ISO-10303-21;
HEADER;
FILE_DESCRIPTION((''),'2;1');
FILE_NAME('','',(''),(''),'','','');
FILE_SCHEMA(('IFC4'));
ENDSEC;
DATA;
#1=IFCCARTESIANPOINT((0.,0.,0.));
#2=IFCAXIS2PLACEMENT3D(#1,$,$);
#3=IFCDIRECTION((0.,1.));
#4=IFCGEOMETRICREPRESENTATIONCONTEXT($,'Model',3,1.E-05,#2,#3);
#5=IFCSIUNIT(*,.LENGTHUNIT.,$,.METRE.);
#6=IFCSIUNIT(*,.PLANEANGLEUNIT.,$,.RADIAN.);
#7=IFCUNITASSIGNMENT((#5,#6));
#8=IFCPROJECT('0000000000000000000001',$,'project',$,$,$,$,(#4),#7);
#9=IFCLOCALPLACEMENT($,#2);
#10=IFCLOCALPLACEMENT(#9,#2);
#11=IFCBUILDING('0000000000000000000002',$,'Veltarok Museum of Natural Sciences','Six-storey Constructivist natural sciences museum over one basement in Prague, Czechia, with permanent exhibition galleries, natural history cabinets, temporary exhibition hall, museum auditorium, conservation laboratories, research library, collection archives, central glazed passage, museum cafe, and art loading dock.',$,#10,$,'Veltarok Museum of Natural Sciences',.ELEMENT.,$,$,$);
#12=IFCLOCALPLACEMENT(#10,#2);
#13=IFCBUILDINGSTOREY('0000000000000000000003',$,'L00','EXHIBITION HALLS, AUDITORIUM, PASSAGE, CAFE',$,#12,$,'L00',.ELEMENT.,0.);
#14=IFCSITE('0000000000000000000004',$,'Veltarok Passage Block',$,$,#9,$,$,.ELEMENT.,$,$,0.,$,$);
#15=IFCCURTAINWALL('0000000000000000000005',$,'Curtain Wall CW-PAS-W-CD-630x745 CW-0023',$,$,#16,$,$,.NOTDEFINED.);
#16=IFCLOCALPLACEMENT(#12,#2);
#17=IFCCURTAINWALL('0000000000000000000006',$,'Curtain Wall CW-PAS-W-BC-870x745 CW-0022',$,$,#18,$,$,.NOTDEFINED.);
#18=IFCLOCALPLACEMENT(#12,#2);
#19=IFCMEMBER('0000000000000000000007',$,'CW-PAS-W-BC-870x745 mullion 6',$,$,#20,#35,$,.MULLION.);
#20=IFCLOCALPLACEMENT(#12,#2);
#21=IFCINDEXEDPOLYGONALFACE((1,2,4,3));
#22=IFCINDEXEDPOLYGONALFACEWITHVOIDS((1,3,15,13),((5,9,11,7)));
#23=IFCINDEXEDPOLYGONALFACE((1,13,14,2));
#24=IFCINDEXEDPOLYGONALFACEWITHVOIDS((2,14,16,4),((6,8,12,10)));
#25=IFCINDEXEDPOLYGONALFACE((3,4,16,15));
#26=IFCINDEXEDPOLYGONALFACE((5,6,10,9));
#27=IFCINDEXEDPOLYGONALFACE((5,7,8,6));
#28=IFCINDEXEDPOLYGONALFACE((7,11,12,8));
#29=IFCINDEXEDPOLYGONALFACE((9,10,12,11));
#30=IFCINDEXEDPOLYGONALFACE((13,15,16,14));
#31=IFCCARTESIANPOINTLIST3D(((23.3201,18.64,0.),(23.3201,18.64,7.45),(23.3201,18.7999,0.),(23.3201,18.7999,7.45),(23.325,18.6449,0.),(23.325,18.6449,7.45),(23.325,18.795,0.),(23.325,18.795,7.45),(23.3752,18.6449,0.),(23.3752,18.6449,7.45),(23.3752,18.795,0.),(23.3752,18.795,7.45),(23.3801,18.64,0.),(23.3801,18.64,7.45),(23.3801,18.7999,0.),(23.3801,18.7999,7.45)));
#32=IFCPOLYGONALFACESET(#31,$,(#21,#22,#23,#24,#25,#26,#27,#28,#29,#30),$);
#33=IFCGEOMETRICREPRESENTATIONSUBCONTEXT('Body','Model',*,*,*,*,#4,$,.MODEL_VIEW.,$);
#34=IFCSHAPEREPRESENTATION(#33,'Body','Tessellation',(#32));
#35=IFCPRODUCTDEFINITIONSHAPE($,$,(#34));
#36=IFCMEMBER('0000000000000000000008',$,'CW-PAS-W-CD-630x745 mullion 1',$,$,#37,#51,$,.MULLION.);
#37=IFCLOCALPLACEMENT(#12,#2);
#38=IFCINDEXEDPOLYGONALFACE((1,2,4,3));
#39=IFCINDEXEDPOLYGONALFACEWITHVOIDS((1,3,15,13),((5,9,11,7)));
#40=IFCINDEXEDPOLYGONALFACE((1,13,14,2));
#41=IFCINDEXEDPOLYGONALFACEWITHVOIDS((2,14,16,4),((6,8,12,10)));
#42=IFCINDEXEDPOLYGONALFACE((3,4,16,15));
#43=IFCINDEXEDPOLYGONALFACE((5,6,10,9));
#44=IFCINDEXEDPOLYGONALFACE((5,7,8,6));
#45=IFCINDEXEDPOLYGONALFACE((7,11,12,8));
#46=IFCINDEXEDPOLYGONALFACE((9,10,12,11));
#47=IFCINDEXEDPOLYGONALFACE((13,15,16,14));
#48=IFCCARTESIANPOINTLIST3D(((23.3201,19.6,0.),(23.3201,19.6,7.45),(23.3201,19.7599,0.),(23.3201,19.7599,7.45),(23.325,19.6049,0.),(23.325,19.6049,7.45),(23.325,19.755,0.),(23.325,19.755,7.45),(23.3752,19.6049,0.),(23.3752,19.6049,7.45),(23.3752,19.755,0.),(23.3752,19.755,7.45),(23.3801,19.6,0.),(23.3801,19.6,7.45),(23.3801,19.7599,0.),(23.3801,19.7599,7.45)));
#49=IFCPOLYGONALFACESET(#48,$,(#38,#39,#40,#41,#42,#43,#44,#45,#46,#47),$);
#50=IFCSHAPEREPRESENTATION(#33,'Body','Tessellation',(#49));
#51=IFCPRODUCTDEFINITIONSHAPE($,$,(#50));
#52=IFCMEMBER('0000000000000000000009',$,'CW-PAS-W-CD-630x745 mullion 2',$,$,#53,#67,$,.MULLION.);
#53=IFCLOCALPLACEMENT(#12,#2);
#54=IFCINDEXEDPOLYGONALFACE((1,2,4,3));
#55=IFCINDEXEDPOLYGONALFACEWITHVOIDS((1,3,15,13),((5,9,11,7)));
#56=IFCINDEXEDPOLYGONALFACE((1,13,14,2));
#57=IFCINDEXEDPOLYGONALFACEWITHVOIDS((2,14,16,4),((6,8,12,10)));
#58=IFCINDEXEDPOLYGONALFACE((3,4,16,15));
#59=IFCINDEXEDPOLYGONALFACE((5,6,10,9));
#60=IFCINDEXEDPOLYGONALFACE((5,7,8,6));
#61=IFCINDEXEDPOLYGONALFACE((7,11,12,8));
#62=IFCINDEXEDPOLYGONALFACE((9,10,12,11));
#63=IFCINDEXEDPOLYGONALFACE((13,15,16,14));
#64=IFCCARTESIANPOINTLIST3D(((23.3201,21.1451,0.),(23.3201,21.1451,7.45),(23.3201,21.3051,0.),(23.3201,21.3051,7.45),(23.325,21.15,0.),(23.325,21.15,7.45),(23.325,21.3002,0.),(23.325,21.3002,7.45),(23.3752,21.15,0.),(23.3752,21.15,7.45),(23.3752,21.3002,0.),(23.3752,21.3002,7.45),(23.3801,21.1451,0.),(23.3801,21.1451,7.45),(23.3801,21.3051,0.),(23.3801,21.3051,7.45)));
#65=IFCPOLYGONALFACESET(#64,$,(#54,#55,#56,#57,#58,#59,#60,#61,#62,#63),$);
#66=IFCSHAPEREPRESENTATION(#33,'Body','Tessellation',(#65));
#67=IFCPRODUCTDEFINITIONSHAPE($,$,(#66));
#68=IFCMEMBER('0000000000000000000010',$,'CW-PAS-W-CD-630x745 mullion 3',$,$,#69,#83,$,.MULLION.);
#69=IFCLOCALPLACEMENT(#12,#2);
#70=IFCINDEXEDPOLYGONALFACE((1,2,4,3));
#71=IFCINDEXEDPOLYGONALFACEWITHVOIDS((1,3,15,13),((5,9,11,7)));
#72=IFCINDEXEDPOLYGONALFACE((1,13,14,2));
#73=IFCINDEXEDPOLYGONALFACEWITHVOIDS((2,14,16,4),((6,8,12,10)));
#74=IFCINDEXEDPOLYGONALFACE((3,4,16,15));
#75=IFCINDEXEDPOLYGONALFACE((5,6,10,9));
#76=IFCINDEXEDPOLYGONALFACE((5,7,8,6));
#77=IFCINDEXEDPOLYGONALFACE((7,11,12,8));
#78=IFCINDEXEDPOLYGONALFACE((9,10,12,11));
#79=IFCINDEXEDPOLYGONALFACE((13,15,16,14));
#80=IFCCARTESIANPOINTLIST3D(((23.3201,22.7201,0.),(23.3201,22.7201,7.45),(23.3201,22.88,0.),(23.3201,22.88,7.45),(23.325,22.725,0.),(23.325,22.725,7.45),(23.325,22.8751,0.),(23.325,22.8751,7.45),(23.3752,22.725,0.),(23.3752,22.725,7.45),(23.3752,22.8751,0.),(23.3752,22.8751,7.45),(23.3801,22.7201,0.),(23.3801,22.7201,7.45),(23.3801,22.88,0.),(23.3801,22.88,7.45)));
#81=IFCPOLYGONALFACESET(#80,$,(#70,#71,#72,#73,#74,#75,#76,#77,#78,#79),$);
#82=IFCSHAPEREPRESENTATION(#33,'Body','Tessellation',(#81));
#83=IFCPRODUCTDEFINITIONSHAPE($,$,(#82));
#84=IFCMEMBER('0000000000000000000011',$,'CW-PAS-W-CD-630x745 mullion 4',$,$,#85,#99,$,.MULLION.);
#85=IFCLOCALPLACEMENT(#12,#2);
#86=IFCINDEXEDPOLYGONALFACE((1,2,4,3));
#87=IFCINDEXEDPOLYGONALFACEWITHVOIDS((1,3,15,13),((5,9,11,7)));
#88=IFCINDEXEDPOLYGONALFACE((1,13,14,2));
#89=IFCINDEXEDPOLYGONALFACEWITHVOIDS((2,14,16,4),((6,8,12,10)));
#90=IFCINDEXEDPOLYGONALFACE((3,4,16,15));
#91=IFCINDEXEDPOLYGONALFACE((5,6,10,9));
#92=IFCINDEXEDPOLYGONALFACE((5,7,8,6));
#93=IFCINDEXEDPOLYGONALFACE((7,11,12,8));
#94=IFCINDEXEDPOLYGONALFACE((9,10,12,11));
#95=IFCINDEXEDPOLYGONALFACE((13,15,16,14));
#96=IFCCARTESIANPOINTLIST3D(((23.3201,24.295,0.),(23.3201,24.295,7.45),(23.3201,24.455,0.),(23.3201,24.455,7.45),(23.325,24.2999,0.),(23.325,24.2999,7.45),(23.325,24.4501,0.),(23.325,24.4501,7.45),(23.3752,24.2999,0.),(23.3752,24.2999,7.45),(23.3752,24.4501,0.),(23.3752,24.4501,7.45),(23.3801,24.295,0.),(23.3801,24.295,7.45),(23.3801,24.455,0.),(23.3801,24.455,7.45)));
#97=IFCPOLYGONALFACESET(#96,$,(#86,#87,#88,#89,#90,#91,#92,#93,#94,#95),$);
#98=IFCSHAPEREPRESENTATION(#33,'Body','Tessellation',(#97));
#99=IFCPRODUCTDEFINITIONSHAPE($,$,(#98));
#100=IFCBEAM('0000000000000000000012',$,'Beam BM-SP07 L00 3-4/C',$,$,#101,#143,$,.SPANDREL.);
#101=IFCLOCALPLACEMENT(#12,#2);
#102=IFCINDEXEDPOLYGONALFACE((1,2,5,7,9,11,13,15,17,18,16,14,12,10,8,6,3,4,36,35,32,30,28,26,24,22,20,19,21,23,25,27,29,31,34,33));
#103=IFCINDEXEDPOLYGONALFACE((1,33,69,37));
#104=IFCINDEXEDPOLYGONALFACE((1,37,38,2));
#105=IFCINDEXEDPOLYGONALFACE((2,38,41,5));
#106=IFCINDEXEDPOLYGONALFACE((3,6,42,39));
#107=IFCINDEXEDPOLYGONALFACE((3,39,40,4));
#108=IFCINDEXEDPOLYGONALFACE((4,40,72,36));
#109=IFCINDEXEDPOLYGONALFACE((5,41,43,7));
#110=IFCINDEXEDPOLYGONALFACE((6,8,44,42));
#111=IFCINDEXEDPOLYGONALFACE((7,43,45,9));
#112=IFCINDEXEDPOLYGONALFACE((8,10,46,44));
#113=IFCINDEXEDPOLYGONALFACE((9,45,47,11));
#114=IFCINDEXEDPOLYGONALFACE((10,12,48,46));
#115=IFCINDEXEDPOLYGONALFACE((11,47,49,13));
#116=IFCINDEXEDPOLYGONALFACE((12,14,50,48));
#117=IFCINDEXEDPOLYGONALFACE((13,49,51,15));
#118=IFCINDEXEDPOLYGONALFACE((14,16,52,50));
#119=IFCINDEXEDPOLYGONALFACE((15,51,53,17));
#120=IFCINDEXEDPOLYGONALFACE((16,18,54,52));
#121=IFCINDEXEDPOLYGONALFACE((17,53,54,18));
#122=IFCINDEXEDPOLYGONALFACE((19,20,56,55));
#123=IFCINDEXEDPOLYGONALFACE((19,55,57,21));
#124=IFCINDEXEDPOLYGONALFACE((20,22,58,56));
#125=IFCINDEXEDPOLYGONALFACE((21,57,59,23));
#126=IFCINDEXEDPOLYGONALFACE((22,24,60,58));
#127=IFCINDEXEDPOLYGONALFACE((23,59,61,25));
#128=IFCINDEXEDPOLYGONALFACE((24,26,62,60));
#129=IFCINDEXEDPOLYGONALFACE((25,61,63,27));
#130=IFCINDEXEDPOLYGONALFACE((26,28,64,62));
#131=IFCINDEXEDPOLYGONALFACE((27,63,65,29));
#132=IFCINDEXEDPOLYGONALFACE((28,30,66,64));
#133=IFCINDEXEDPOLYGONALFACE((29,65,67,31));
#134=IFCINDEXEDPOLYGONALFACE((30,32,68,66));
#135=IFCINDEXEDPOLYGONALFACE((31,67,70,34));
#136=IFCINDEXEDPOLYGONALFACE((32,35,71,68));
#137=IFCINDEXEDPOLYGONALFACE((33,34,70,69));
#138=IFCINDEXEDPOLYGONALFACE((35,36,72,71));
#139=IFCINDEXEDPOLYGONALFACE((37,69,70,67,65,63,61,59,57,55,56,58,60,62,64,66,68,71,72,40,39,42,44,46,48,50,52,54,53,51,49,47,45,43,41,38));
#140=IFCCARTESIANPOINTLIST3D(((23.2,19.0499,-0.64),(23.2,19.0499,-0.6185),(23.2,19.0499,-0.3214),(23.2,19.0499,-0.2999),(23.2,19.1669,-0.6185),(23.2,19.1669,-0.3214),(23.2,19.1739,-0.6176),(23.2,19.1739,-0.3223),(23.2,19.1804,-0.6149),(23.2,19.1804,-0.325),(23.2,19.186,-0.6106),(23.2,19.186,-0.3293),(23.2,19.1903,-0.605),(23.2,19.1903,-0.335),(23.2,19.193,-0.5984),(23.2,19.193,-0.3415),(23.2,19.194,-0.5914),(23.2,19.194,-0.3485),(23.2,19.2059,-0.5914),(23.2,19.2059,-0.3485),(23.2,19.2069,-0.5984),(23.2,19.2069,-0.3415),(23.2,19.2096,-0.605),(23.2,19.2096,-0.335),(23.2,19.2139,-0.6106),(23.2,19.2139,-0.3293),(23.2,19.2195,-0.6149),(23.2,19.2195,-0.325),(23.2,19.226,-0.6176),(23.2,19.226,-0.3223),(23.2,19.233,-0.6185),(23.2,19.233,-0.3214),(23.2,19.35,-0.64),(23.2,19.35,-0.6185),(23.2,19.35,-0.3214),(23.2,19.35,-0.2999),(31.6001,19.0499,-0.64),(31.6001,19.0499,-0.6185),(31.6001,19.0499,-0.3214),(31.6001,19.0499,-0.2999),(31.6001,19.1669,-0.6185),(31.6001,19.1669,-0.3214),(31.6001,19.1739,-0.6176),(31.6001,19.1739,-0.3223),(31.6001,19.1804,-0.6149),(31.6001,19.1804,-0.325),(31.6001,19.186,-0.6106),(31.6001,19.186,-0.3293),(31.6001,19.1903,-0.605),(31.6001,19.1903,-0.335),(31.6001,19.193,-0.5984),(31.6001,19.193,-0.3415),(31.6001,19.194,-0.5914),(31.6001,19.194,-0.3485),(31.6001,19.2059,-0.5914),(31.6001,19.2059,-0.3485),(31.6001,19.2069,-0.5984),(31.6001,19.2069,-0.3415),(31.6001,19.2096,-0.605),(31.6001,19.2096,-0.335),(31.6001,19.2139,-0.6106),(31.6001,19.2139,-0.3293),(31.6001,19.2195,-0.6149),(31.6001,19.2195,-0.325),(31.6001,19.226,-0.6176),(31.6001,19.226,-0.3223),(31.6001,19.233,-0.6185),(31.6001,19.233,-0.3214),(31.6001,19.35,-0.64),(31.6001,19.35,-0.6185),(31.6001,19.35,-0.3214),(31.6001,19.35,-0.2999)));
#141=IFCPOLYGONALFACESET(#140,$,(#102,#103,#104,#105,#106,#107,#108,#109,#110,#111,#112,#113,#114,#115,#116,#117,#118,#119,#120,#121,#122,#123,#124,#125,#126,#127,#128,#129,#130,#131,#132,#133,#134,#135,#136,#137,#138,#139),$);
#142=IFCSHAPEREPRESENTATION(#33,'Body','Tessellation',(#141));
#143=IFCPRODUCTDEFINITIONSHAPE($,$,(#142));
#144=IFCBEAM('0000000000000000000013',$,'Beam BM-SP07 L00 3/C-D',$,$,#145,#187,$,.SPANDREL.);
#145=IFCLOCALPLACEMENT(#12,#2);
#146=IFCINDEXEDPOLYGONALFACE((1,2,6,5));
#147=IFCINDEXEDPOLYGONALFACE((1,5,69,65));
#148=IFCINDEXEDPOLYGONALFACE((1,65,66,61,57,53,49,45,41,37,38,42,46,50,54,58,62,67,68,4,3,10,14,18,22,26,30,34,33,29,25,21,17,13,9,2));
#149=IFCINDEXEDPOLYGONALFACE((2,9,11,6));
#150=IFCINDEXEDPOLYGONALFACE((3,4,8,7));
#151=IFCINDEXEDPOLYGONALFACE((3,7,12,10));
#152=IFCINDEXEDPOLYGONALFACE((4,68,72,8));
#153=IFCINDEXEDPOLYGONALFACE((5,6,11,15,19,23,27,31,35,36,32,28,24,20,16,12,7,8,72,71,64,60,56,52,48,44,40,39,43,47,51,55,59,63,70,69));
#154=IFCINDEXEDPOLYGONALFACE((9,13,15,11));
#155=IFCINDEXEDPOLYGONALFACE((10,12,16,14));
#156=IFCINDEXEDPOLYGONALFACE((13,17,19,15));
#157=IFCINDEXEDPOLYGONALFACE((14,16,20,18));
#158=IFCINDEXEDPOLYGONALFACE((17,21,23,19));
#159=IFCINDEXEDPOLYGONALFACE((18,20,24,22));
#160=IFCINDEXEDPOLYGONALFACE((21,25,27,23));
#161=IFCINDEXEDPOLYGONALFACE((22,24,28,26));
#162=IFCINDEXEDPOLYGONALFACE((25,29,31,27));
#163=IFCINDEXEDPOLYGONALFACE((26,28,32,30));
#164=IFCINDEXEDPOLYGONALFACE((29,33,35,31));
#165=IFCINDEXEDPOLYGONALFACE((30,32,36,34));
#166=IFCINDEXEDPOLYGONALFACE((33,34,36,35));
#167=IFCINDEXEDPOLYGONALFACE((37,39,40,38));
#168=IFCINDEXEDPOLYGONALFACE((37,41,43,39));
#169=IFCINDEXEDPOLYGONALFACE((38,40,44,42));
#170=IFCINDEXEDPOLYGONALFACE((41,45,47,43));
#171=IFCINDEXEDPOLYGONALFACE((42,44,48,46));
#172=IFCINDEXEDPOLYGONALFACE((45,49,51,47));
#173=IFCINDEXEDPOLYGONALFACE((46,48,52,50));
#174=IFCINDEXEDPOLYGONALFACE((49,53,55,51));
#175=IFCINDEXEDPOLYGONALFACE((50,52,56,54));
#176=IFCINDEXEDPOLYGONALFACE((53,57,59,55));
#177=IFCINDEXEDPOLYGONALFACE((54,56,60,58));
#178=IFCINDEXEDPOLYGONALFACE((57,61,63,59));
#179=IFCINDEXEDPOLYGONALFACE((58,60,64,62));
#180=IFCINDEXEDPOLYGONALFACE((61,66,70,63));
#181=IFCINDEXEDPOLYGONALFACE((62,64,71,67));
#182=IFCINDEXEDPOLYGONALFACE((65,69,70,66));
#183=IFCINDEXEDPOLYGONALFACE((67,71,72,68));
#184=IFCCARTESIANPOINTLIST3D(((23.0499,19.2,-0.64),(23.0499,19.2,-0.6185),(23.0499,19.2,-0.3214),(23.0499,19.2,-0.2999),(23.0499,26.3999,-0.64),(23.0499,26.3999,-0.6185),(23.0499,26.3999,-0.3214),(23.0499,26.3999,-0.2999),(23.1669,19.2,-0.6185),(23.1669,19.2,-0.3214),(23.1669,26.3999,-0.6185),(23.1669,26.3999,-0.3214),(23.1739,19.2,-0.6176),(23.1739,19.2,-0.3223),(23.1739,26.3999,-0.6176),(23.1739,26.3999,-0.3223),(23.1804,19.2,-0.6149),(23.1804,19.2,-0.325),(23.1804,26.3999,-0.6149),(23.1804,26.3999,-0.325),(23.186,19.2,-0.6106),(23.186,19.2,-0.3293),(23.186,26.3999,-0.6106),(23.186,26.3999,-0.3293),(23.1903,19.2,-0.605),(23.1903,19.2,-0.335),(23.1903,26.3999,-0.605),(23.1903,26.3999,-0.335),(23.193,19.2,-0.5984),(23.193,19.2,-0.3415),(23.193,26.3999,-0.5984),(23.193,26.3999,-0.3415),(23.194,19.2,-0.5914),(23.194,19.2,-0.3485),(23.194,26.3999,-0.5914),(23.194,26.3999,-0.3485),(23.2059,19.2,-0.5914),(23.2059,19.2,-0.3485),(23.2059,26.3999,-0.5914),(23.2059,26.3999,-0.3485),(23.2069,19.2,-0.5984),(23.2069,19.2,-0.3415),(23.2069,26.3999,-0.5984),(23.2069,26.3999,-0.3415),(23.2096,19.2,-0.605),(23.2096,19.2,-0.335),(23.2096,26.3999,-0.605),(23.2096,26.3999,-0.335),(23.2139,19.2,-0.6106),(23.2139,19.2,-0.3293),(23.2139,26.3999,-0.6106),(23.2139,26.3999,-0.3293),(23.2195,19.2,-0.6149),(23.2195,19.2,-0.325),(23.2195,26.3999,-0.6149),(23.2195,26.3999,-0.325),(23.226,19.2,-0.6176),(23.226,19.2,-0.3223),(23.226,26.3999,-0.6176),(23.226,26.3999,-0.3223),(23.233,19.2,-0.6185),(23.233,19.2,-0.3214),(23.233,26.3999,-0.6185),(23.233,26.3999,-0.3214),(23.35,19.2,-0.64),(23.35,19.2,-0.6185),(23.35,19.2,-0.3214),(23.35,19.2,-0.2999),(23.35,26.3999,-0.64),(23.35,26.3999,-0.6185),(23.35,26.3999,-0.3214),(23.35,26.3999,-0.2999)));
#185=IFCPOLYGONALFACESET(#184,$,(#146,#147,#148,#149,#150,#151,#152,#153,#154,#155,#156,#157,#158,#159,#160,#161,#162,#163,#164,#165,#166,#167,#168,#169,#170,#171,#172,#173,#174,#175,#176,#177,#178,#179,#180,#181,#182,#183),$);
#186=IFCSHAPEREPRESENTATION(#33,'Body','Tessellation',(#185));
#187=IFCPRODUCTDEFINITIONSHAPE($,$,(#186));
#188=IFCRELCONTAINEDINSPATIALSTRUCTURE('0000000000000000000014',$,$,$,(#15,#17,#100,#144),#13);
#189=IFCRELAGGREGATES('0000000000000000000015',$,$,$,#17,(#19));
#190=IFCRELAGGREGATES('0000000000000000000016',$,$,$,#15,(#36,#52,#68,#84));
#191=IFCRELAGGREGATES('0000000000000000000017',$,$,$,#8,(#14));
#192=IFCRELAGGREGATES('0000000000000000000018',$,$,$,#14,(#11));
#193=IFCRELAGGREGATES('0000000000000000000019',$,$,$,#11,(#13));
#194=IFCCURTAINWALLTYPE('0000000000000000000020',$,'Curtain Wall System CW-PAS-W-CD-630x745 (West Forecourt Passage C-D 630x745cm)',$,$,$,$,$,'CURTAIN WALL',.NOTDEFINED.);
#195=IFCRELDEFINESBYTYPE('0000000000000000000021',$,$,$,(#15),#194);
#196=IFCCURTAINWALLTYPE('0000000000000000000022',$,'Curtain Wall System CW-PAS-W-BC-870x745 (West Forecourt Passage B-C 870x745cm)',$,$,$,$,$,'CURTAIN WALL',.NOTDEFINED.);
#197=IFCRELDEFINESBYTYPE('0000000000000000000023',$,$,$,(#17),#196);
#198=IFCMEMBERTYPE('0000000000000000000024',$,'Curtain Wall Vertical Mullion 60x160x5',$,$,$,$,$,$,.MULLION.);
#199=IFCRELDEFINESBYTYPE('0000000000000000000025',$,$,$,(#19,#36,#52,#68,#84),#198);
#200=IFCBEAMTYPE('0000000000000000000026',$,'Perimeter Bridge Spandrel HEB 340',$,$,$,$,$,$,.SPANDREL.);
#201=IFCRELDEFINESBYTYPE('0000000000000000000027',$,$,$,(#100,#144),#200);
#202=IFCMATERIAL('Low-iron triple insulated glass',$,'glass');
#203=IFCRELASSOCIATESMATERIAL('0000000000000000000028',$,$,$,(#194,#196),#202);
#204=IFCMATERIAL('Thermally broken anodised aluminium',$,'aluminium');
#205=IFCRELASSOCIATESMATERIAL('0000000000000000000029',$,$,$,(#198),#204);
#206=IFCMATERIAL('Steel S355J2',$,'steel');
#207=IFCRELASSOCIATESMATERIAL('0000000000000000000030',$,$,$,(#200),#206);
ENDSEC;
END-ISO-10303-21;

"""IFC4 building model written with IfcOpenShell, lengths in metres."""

from ifc_helpers import new_model, si_unit, direction, frame, origin, origin_2d, place, context, subcontext, project, spatial, hollow_rectangle, i_section, extrude, material, material_profile, profile_set, type_object, element, aggregate, save


model = new_model("IFC4")

# Units and contexts
model_context = context("Model", 3, precision=1e-05, world=origin(), true_north=direction((0.0, 1.0)))
body_context = subcontext(model_context, "Body", "Model", "MODEL_VIEW")
ifc_project = project(units=[si_unit("LENGTHUNIT", "METRE"), si_unit("PLANEANGLEUNIT", "RADIAN")], contexts=[model_context])

# Site, building, storey
site_placement = place(None, origin())
site = spatial("IfcSite", under=ifc_project, at=site_placement, Name="Veltarok Passage Block", CompositionType="ELEMENT", RefElevation=0.0)
building_placement = place(site_placement, origin())
building = spatial("IfcBuilding", under=site, at=building_placement, Name="Veltarok Museum of Natural Sciences", Description="Six-storey Constructivist natural sciences museum over one basement in Prague, Czechia, with permanent exhibition galleries, natural history cabinets, temporary exhibition hall, museum auditorium, conservation laboratories, research library, collection archives, central glazed passage, museum cafe, and art loading dock.", LongName="Veltarok Museum of Natural Sciences", CompositionType="ELEMENT")
storey_placement = place(building_placement, origin())
storey = spatial("IfcBuildingStorey", under=building, at=storey_placement, Name="L00", Description="EXHIBITION HALLS, AUDITORIUM, PASSAGE, CAFE", LongName="L00", CompositionType="ELEMENT", Elevation=0.0)

# Shared definitions
ifc_material_1 = material(Name="Steel S355J2", Category="steel")

# Curtain wall
ifc_material_2 = material(Name="Low-iron triple insulated glass", Category="glass")
curtain_wall_type_1 = type_object("IfcCurtainWallType", Name="Curtain Wall System CW-PAS-W-CD-630x745 (West Forecourt Passage C-D 630x745cm)", ElementType="CURTAIN WALL", PredefinedType="NOTDEFINED", material=ifc_material_2)
curtain_wall_1_placement = place(storey_placement, origin())
curtain_wall_1 = element("IfcCurtainWall", 1, at=curtain_wall_1_placement, inside=storey, type_object=curtain_wall_type_1, Name="Curtain Wall CW-PAS-W-CD-630x745 CW-0023", PredefinedType="NOTDEFINED")
ifc_material_3 = material(Name="Thermally broken anodised aluminium", Category="aluminium")

# Curtain wall, member
curtain_wall_type_2 = type_object("IfcCurtainWallType", Name="Curtain Wall System CW-PAS-W-BC-870x745 (West Forecourt Passage B-C 870x745cm)", ElementType="CURTAIN WALL", PredefinedType="NOTDEFINED", material=ifc_material_2)
curtain_wall_2_placement = place(storey_placement, origin())
curtain_wall_2 = element("IfcCurtainWall", 2, at=curtain_wall_2_placement, inside=storey, type_object=curtain_wall_type_2, Name="Curtain Wall CW-PAS-W-BC-870x745 CW-0022", PredefinedType="NOTDEFINED")
ifc_material_profile_1 = material_profile(ifc_material_3, hollow_rectangle(XDim=0.0601, YDim=0.1599, WallThickness=0.0049, at=origin_2d()), Name="CW MULLION 60x160x5")
ifc_profile_set_1 = profile_set([ifc_material_profile_1], Name="Thermally broken anodised aluminium")
member_type_1 = type_object("IfcMemberType", Name="Curtain Wall Vertical Mullion 60x160x5", PredefinedType="MULLION", material=ifc_profile_set_1)
member_1_placement = place(storey_placement, frame((23.3501, 18.72, 0.0), z_axis=(0.0, 0.0, 1.0), x_axis=(-1.0, 0.0, 0.0)))
member_1 = element("IfcMember", 3, at=member_1_placement, type_object=member_type_1, Name="CW-PAS-W-BC-870x745 mullion 6", PredefinedType="MULLION", context=body_context, shape_type="SweptSolid", body=[
    extrude(hollow_rectangle(XDim=0.0601, YDim=0.1599, WallThickness=0.0049, at=origin_2d()), origin(), (0.0, 0.0, 1.0), 7.45),
])

# Members
member_2_placement = place(storey_placement, frame((23.3501, 19.6799, 0.0), z_axis=(0.0, 0.0, 1.0), x_axis=(-1.0, 0.0, 0.0)))
member_2 = element("IfcMember", 4, at=member_2_placement, type_object=member_type_1, Name="CW-PAS-W-CD-630x745 mullion 1", PredefinedType="MULLION", context=body_context, shape_type="SweptSolid", body=[
    extrude(hollow_rectangle(XDim=0.0601, YDim=0.1599, WallThickness=0.0049, at=origin_2d()), origin(), (0.0, 0.0, 1.0), 7.45),
])
member_3_placement = place(storey_placement, frame((23.3501, 21.2251, 0.0), z_axis=(0.0, 0.0, 1.0), x_axis=(-1.0, 0.0, 0.0)))
member_3 = element("IfcMember", 5, at=member_3_placement, type_object=member_type_1, Name="CW-PAS-W-CD-630x745 mullion 2", PredefinedType="MULLION", context=body_context, shape_type="SweptSolid", body=[
    extrude(hollow_rectangle(XDim=0.0601, YDim=0.1599, WallThickness=0.0049, at=origin_2d()), origin(), (0.0, 0.0, 1.0), 7.45),
])
member_4_placement = place(storey_placement, frame((23.3501, 22.8, 0.0), z_axis=(0.0, 0.0, 1.0), x_axis=(-1.0, 0.0, 0.0)))
member_4 = element("IfcMember", 6, at=member_4_placement, type_object=member_type_1, Name="CW-PAS-W-CD-630x745 mullion 3", PredefinedType="MULLION", context=body_context, shape_type="SweptSolid", body=[
    extrude(hollow_rectangle(XDim=0.0601, YDim=0.1599, WallThickness=0.0049, at=origin_2d()), origin(), (0.0, 0.0, 1.0), 7.45),
])
member_5_placement = place(storey_placement, frame((23.3501, 24.375, 0.0), z_axis=(0.0, 0.0, 1.0), x_axis=(-1.0, 0.0, 0.0)))
member_5 = element("IfcMember", 7, at=member_5_placement, type_object=member_type_1, Name="CW-PAS-W-CD-630x745 mullion 4", PredefinedType="MULLION", context=body_context, shape_type="SweptSolid", body=[
    extrude(hollow_rectangle(XDim=0.0601, YDim=0.1599, WallThickness=0.0049, at=origin_2d()), origin(), (0.0, 0.0, 1.0), 7.45),
])

# Beams
ifc_material_profile_2 = material_profile(ifc_material_1, i_section(OverallWidth=0.3, OverallDepth=0.3401, WebThickness=0.012, FlangeThickness=0.0215, FilletRadius=0.0271, at=origin_2d()), Name="HEB 340")
ifc_profile_set_2 = profile_set([ifc_material_profile_2], Name="Steel S355J2")
beam_type = type_object("IfcBeamType", Name="Perimeter Bridge Spandrel HEB 340", PredefinedType="SPANDREL", material=ifc_profile_set_2)
beam_1_placement = place(storey_placement, frame((23.2, 19.2, -0.47), z_axis=(1.0, 0.0, 0.0), x_axis=(0.0, 1.0, 0.0)))
element("IfcBeam", 8, at=beam_1_placement, inside=storey, type_object=beam_type, Name="Beam BM-SP07 L00 3-4/C", PredefinedType="SPANDREL", context=body_context, shape_type="SweptSolid", body=[
    extrude(i_section(OverallWidth=0.3, OverallDepth=0.3401, WebThickness=0.012, FlangeThickness=0.0215, FilletRadius=0.0271, at=origin_2d()), origin(), (0.0, 0.0, 1.0), 8.4001),
])
beam_2_placement = place(storey_placement, frame((23.2, 19.2, -0.47), z_axis=(0.0, 1.0, 0.0), x_axis=(-1.0, 0.0, 0.0)))
element("IfcBeam", 9, at=beam_2_placement, inside=storey, type_object=beam_type, Name="Beam BM-SP07 L00 3/C-D", PredefinedType="SPANDREL", context=body_context, shape_type="SweptSolid", body=[
    extrude(i_section(OverallWidth=0.3, OverallDepth=0.3401, WebThickness=0.012, FlangeThickness=0.0215, FilletRadius=0.0271, at=origin_2d()), origin(), (0.0, 0.0, 1.0), 7.2),
])

aggregate(curtain_wall_2, [member_1])
aggregate(curtain_wall_1, [member_2, member_3, member_4, member_5])

save(model, "model.ifc")
